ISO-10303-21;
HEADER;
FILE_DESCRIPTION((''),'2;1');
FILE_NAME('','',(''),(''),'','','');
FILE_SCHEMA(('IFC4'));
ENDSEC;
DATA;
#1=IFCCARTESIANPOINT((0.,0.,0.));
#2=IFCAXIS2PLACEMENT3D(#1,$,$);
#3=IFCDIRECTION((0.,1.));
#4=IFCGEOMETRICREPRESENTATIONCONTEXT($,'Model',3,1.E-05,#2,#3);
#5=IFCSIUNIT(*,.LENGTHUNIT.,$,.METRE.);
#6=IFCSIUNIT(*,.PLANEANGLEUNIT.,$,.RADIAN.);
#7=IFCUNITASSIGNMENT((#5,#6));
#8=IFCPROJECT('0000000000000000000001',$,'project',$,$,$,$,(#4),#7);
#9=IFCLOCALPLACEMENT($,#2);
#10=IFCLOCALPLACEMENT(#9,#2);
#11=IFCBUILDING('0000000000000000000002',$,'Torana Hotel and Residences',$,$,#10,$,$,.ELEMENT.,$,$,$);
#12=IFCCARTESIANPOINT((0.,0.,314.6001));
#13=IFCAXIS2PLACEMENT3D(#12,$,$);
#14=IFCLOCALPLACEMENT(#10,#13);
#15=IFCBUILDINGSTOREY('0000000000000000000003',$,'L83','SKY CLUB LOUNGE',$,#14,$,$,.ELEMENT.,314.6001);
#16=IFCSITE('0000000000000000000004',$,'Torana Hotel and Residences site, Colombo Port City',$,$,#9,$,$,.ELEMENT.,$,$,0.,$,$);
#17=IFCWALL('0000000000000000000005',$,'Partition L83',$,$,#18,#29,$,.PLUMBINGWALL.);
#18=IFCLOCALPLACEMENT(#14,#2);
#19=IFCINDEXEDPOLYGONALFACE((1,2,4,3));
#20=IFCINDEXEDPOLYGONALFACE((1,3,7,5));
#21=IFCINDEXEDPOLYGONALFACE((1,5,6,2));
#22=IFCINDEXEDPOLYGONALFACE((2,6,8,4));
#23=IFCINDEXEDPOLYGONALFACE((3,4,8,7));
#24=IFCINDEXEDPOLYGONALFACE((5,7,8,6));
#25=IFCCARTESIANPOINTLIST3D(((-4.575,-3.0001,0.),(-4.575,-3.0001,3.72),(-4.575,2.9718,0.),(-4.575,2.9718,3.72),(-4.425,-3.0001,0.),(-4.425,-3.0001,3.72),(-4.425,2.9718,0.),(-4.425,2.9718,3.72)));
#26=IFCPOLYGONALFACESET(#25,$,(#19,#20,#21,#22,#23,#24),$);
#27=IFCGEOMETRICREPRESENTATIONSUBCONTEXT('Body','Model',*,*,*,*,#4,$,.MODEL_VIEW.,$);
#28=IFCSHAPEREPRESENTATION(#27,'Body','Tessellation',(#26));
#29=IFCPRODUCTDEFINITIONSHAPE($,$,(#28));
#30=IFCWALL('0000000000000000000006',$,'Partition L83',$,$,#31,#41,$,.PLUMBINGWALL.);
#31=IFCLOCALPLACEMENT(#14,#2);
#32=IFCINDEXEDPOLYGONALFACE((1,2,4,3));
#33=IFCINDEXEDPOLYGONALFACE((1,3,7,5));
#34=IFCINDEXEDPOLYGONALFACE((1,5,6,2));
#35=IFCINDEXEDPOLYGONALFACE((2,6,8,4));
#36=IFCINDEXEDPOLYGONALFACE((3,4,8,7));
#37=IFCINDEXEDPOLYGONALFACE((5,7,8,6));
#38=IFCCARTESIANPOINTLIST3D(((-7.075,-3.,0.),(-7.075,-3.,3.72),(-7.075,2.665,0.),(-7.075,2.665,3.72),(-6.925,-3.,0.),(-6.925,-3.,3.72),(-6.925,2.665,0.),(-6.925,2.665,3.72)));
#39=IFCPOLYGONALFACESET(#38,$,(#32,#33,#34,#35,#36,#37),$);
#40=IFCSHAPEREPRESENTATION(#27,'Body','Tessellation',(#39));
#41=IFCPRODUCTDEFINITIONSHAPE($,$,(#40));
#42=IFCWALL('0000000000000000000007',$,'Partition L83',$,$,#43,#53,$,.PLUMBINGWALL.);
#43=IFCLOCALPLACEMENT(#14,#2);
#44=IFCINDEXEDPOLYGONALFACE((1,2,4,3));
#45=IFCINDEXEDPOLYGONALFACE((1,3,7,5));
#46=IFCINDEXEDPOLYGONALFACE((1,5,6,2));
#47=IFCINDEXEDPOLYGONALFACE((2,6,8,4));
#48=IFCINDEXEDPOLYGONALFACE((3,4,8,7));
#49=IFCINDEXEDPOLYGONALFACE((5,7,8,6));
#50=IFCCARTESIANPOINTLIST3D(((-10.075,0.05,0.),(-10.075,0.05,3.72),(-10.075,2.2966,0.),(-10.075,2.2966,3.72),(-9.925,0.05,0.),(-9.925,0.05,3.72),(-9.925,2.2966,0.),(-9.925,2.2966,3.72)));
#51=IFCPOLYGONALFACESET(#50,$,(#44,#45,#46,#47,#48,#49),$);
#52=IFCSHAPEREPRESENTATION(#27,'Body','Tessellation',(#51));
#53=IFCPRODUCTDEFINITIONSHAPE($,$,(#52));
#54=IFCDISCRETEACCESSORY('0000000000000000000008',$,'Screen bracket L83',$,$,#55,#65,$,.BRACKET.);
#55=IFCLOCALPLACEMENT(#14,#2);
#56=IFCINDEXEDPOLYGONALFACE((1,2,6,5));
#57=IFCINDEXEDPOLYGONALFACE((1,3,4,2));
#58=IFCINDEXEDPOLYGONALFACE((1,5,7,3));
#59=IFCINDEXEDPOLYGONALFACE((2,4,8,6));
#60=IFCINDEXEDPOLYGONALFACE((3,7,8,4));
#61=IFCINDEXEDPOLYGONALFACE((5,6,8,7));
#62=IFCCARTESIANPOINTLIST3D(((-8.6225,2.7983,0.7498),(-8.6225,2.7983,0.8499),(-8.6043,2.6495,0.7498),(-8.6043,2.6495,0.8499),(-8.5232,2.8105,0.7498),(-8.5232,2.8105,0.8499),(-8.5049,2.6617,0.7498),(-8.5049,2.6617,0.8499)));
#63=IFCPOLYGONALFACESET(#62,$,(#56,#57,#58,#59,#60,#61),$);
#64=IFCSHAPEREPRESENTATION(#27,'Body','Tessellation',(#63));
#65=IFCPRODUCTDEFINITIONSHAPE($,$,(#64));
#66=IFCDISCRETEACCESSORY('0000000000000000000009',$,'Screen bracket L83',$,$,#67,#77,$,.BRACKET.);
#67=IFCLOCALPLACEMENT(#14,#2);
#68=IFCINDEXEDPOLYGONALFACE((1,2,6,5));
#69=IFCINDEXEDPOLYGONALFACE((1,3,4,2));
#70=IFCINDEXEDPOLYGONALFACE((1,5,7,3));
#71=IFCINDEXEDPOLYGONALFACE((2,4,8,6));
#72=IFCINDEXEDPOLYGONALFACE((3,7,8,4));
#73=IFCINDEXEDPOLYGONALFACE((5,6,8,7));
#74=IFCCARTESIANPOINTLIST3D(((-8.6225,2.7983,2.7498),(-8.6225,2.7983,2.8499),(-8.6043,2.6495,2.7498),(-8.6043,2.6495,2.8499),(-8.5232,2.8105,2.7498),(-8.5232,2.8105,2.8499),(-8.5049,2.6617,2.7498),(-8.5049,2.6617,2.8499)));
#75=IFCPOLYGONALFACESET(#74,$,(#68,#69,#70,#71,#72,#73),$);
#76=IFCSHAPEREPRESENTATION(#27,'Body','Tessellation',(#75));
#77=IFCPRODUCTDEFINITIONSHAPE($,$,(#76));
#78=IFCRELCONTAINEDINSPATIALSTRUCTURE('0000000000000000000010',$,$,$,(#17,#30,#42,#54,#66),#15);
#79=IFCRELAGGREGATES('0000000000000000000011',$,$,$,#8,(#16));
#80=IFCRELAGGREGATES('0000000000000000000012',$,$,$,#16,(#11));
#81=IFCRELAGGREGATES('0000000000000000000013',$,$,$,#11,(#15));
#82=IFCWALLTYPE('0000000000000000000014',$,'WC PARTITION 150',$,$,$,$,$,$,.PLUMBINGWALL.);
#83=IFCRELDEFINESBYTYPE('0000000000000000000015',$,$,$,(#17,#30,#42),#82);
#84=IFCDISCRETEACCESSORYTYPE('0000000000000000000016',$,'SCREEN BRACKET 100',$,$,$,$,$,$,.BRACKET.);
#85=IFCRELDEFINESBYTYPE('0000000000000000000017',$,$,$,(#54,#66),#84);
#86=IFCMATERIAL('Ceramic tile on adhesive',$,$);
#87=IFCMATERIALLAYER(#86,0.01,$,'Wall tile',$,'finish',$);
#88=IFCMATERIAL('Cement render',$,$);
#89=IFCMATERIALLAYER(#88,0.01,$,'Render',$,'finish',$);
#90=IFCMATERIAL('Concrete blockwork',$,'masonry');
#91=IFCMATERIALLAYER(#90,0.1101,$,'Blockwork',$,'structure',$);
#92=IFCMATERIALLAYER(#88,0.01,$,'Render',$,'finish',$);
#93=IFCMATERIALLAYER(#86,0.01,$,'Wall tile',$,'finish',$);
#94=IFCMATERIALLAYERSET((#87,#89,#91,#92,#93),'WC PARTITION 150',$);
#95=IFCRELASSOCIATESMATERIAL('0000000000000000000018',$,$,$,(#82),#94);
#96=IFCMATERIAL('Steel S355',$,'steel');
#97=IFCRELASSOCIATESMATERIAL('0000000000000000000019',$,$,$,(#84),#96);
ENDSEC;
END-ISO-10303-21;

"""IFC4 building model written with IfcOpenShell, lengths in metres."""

from ifc_helpers import new_model, si_unit, direction, frame, frame_2d, origin, origin_2d, place, context, subcontext, project, spatial, rectangle, extrude, material, layer, layer_set, type_object, element, save


model = new_model("IFC4")

# Units and contexts
model_context = context("Model", 3, precision=1e-05, world=origin(), true_north=direction((0.0, 1.0)))
body_context = subcontext(model_context, "Body", "Model", "MODEL_VIEW")
ifc_project = project(units=[si_unit("LENGTHUNIT", "METRE"), si_unit("PLANEANGLEUNIT", "RADIAN")], contexts=[model_context])

# Site, building, storey
site_placement = place(None, origin())
site = spatial("IfcSite", under=ifc_project, at=site_placement, Name="Torana Hotel and Residences site, Colombo Port City", CompositionType="ELEMENT", RefElevation=0.0)
building_placement = place(site_placement, origin())
building = spatial("IfcBuilding", under=site, at=building_placement, Name="Torana Hotel and Residences", CompositionType="ELEMENT")
storey_placement = place(building_placement, frame((0.0, 0.0, 314.6001)))
storey = spatial("IfcBuildingStorey", under=building, at=storey_placement, Name="L83", Description="SKY CLUB LOUNGE", CompositionType="ELEMENT", Elevation=314.6001)

# Walls
ifc_material_1 = material(Name="Ceramic tile on adhesive")
ifc_layer_1 = layer(ifc_material_1, 0.01, Name="Wall tile", Category="finish")
ifc_material_2 = material(Name="Cement render")
ifc_layer_2 = layer(ifc_material_2, 0.01, Name="Render", Category="finish")
ifc_material_3 = material(Name="Concrete blockwork", Category="masonry")
ifc_layer_3 = layer(ifc_material_3, 0.1101, Name="Blockwork", Category="structure")
ifc_layer_4 = layer(ifc_material_2, 0.01, Name="Render", Category="finish")
ifc_layer_5 = layer(ifc_material_1, 0.01, Name="Wall tile", Category="finish")
ifc_layer_set_1 = layer_set([ifc_layer_1, ifc_layer_2, ifc_layer_3, ifc_layer_4, ifc_layer_5], Name="WC PARTITION 150")
wall_type = type_object("IfcWallType", Name="WC PARTITION 150", PredefinedType="PLUMBINGWALL", material=ifc_layer_set_1)
wall_1_placement = place(storey_placement, frame((-4.5, -3.0, 0.0), z_axis=(0.0, 0.0, 1.0), x_axis=(0.0, 1.0, 0.0)))
element("IfcWall", 1, at=wall_1_placement, inside=storey, type_object=wall_type, Name="Partition L83", PredefinedType="PLUMBINGWALL", context=body_context, shape_type="SweptSolid", body=[
    extrude(rectangle(XDim=5.9719, YDim=0.1499, at=frame_2d((2.9858, 0.0))), origin(), (0.0, 0.0, 1.0), 3.72),
])
wall_2_placement = place(storey_placement, frame((-7.0, -3.0, 0.0), z_axis=(0.0, 0.0, 1.0), x_axis=(0.0, 1.0, 0.0)))
element("IfcWall", 2, at=wall_2_placement, inside=storey, type_object=wall_type, Name="Partition L83", PredefinedType="PLUMBINGWALL", context=body_context, shape_type="SweptSolid", body=[
    extrude(rectangle(XDim=5.665, YDim=0.1499, at=frame_2d((2.8325, 0.0))), origin(), (0.0, 0.0, 1.0), 3.72),
])
wall_3_placement = place(storey_placement, frame((-10.0, 0.05, 0.0), z_axis=(0.0, 0.0, 1.0), x_axis=(0.0, 1.0, 0.0)))
element("IfcWall", 3, at=wall_3_placement, inside=storey, type_object=wall_type, Name="Partition L83", PredefinedType="PLUMBINGWALL", context=body_context, shape_type="SweptSolid", body=[
    extrude(rectangle(XDim=2.2466, YDim=0.1499, at=frame_2d((1.1233, 0.0))), origin(), (0.0, 0.0, 1.0), 3.72),
])

# Discrete accessories
ifc_material_4 = material(Name="Steel S355", Category="steel")
discrete_accessory_type = type_object("IfcDiscreteAccessoryType", Name="SCREEN BRACKET 100", PredefinedType="BRACKET", material=ifc_material_4)
for number, where, z_axis, x_axis, name in (
    (4, (-8.5637, 2.73, 0.7498), (0.0, 0.0, 1.0), (-0.992547, -0.121866, 0.0), "Screen bracket L83"),
    (5, (-8.5637, 2.73, 2.7498), (0.0, 0.0, 1.0), (-0.992547, -0.121866, 0.0), "Screen bracket L83"),
):
    element("IfcDiscreteAccessory", number, at=place(storey_placement, frame(where, z_axis=z_axis, x_axis=x_axis)), inside=storey, type_object=discrete_accessory_type, Name=name, PredefinedType="BRACKET", context=body_context, shape_type="SweptSolid", body=[
        extrude(rectangle(XDim=0.1001, YDim=0.1499, at=origin_2d()), origin(), (0.0, 0.0, 1.0), 0.1001),
    ])

save(model, "model.ifc")
